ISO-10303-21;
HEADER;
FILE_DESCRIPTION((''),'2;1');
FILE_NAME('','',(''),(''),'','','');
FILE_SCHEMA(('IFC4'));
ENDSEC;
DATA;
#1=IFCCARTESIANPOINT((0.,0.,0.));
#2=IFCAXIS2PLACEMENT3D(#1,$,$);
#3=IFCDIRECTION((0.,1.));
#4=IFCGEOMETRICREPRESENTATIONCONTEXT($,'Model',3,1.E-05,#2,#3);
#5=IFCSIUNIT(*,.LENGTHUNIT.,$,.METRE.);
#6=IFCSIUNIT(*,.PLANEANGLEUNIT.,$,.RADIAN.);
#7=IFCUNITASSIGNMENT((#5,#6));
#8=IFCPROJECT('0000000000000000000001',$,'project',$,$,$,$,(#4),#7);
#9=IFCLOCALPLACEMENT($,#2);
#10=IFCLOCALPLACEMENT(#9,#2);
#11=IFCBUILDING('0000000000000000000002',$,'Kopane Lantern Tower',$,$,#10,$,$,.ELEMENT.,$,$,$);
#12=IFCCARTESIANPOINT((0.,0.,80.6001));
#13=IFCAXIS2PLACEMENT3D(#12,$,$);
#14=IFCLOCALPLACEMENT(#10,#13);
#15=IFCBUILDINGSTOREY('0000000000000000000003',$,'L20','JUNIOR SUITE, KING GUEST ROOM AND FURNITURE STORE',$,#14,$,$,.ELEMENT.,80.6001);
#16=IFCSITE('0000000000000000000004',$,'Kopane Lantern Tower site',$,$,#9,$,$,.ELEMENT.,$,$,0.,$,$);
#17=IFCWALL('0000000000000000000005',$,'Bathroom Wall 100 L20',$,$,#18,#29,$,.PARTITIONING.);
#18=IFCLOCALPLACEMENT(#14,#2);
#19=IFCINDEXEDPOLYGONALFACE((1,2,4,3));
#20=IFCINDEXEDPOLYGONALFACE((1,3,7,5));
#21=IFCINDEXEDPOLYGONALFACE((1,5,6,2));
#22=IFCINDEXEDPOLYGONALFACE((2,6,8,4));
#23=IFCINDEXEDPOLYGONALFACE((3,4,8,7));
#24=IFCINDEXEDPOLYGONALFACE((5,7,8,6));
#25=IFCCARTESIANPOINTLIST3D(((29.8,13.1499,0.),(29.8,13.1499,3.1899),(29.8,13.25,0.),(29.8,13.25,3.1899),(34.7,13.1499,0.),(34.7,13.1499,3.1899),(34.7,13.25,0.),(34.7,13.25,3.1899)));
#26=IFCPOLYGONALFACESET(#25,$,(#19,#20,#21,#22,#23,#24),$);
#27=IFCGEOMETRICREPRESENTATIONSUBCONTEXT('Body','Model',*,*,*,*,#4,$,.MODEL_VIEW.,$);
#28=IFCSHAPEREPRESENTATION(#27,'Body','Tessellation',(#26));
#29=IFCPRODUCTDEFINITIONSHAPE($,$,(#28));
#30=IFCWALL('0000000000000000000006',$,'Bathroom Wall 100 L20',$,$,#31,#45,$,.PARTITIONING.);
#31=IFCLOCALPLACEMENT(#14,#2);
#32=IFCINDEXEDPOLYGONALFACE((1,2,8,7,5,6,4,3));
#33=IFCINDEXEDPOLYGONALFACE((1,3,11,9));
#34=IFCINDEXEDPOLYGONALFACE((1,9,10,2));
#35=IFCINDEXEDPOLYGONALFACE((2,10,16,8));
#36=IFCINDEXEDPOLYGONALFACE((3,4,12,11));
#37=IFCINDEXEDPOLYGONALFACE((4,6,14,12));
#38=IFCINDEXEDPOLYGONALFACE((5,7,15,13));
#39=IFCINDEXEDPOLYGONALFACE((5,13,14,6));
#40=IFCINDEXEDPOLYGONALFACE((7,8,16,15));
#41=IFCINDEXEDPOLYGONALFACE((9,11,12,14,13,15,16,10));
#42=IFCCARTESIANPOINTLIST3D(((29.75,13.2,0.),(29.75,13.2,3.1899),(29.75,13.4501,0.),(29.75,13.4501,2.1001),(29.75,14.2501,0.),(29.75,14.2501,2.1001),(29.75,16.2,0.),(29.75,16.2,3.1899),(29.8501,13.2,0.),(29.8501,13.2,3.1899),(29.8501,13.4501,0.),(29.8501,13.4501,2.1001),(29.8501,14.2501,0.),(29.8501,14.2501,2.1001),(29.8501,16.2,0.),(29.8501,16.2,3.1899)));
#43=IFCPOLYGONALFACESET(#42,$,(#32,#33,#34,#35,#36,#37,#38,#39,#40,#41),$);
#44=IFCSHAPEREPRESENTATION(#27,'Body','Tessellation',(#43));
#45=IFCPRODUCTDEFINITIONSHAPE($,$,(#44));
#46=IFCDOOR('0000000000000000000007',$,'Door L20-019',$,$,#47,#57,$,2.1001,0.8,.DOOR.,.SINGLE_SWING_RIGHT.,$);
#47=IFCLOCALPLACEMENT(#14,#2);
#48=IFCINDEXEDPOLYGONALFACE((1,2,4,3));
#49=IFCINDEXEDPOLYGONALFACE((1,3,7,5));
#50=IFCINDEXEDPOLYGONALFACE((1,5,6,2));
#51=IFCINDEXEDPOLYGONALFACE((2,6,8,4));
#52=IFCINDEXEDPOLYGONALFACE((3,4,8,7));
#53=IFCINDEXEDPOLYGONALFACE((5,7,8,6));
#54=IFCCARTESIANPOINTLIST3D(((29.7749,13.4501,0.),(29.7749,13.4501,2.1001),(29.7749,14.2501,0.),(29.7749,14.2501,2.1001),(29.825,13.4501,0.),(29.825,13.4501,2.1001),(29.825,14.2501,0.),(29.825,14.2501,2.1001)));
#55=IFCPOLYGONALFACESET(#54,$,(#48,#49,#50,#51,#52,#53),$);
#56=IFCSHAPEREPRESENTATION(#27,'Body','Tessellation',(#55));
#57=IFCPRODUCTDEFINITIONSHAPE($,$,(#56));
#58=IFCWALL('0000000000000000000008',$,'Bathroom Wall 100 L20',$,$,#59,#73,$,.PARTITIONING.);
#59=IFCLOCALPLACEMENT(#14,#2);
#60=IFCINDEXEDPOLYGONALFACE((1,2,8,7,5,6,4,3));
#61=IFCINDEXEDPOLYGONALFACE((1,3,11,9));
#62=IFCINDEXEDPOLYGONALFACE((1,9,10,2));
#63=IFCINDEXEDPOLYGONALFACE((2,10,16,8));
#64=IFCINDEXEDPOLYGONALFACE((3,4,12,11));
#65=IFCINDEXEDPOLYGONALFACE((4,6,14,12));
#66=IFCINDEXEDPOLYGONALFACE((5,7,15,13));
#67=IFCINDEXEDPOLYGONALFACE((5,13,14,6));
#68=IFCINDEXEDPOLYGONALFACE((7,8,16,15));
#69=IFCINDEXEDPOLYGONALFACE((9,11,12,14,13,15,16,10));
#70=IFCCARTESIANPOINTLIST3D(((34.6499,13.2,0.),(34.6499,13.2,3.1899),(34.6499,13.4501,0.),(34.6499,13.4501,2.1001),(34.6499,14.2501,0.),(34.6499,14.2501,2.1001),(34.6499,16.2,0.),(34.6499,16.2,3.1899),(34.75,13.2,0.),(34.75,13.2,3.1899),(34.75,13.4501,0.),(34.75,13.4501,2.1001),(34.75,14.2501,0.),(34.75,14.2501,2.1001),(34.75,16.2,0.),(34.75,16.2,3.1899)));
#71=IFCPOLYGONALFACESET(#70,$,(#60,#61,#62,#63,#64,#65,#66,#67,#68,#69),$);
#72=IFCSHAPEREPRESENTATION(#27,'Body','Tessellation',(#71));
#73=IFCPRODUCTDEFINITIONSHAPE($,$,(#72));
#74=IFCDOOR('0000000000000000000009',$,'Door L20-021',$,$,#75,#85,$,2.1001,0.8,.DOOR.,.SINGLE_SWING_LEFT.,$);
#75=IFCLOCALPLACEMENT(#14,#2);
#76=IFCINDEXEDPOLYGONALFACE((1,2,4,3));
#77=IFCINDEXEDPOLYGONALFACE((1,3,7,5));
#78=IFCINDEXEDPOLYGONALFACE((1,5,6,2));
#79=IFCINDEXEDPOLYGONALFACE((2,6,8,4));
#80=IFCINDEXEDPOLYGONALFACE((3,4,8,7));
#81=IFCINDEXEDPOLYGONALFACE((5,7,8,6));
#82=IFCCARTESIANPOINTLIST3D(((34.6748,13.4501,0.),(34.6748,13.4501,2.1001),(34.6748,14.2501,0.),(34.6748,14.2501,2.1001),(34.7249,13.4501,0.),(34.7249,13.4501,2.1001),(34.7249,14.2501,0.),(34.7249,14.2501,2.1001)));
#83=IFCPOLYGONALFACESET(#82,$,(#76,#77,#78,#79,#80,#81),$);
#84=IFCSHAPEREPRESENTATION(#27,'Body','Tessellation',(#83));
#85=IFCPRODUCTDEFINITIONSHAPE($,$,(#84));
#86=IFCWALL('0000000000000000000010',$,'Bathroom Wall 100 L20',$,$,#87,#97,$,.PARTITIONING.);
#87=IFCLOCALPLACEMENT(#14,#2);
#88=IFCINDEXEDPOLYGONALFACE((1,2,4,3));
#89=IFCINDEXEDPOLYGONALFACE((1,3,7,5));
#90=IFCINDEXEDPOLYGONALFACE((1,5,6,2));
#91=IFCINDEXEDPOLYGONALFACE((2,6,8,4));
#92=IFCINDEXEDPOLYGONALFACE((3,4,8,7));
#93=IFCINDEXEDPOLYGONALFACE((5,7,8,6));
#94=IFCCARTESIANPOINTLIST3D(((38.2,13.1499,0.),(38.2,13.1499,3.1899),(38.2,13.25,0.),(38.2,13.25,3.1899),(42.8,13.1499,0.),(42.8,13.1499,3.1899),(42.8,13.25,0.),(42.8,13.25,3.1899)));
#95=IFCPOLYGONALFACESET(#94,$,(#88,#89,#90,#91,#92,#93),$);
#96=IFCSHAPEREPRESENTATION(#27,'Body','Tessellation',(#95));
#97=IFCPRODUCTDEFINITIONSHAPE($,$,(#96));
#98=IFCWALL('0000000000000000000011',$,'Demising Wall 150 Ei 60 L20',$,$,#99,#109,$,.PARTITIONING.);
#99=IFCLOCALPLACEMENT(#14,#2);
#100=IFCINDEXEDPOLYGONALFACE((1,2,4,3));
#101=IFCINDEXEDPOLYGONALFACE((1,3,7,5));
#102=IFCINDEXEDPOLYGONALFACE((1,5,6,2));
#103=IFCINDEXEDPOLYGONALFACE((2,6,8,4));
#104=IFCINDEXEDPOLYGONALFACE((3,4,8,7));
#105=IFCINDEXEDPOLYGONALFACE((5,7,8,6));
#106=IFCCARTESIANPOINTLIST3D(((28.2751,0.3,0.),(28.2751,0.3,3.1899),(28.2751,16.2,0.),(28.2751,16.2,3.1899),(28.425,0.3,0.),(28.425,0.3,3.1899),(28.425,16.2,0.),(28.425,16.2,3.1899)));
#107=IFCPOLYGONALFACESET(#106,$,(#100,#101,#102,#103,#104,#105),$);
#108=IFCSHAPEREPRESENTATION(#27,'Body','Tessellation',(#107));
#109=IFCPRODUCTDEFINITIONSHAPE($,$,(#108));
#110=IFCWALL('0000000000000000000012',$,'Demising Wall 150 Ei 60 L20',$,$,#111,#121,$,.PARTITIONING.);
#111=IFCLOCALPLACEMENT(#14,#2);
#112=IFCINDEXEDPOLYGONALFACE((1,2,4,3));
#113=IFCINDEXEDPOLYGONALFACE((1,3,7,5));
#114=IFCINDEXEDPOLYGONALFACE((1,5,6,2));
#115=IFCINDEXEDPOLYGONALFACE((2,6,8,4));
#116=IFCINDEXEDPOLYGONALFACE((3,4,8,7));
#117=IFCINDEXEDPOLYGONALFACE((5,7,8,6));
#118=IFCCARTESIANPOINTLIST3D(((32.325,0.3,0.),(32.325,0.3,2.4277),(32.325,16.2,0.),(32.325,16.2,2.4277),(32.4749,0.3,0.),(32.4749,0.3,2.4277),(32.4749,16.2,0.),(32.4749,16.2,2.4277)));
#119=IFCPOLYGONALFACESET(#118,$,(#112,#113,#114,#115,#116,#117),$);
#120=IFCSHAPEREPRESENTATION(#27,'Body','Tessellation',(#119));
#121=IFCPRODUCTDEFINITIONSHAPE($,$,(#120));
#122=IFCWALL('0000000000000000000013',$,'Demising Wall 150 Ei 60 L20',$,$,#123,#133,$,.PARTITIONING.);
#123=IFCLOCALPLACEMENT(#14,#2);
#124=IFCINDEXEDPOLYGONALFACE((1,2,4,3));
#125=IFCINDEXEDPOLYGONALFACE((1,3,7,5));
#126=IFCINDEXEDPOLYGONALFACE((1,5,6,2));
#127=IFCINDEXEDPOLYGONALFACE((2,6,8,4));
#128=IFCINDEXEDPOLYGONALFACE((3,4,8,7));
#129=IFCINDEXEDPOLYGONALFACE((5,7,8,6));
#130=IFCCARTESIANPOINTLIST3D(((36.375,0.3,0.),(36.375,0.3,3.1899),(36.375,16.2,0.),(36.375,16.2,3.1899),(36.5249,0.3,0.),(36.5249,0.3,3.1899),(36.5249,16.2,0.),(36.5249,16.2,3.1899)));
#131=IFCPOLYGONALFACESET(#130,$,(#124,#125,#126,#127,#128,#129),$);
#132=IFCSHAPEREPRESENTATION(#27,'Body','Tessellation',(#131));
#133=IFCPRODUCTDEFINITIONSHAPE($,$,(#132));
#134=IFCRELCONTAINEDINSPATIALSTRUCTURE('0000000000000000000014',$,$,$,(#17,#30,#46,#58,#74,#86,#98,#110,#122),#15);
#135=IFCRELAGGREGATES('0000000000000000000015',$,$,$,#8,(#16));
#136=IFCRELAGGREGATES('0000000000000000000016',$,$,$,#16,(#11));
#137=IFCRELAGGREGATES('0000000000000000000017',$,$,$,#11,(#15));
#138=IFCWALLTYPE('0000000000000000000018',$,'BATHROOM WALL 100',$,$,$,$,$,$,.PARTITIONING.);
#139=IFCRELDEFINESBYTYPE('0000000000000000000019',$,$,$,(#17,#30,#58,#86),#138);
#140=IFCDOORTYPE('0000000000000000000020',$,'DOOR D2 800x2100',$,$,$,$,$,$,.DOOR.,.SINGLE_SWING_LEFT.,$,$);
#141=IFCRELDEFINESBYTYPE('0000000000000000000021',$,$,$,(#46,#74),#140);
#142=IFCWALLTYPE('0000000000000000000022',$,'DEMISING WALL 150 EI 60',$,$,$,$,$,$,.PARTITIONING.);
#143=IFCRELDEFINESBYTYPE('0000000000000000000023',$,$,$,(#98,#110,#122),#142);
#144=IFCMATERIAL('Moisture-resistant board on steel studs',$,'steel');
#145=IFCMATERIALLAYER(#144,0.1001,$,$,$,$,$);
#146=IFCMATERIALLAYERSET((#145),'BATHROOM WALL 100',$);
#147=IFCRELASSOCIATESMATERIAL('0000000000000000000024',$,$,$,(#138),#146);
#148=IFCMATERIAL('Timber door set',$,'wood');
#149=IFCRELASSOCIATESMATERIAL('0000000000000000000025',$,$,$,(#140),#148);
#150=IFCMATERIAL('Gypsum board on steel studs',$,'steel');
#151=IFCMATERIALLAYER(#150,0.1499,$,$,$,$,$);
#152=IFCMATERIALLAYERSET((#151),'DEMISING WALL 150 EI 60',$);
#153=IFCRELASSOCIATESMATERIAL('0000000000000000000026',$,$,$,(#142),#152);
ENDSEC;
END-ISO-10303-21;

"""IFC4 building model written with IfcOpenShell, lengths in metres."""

from ifc_helpers import new_model, si_unit, direction, frame, frame_2d, origin, place, context, subcontext, project, spatial, rectangle, extrude, material, layer, layer_set, type_object, element, fill, save


model = new_model("IFC4")

# Units and contexts
model_context = context("Model", 3, precision=1e-05, world=origin(), true_north=direction((0.0, 1.0)))
body_context = subcontext(model_context, "Body", "Model", "MODEL_VIEW")
ifc_project = project(units=[si_unit("LENGTHUNIT", "METRE"), si_unit("PLANEANGLEUNIT", "RADIAN")], contexts=[model_context])

# Site, building, storey
site_placement = place(None, origin())
site = spatial("IfcSite", under=ifc_project, at=site_placement, Name="Kopane Lantern Tower site", CompositionType="ELEMENT", RefElevation=0.0)
building_placement = place(site_placement, origin())
building = spatial("IfcBuilding", under=site, at=building_placement, Name="Kopane Lantern Tower", CompositionType="ELEMENT")
storey_placement = place(building_placement, frame((0.0, 0.0, 80.6001)))
storey = spatial("IfcBuildingStorey", under=building, at=storey_placement, Name="L20", Description="JUNIOR SUITE, KING GUEST ROOM AND FURNITURE STORE", CompositionType="ELEMENT", Elevation=80.6001)

# Wall
ifc_material_1 = material(Name="Moisture-resistant board on steel studs", Category="steel")
ifc_layer_1 = layer(ifc_material_1, 0.1001)
ifc_layer_set_1 = layer_set([ifc_layer_1], Name="BATHROOM WALL 100")
wall_type_1 = type_object("IfcWallType", Name="BATHROOM WALL 100", PredefinedType="PARTITIONING", material=ifc_layer_set_1)
wall_1_placement = place(storey_placement, frame((29.8, 13.2, 0.0), z_axis=(0.0, 0.0, 1.0), x_axis=(1.0, 0.0, 0.0)))
element("IfcWall", 1, at=wall_1_placement, inside=storey, type_object=wall_type_1, Name="Bathroom Wall 100 L20", PredefinedType="PARTITIONING", context=body_context, shape_type="SweptSolid", body=[
    extrude(rectangle(XDim=4.8999, YDim=0.1001, at=frame_2d((2.45, 0.0))), origin(), (0.0, 0.0, 1.0), 3.1899),
])

# Walls, openings, doors
wall_2_placement = place(storey_placement, frame((29.8, 16.2, 0.0), z_axis=(0.0, 0.0, 1.0), x_axis=(0.0, -1.0, 0.0)))
wall_2 = element("IfcWall", 2, at=wall_2_placement, inside=storey, type_object=wall_type_1, Name="Bathroom Wall 100 L20", PredefinedType="PARTITIONING", context=body_context, shape_type="SweptSolid", body=[
    extrude(rectangle(XDim=3.0, YDim=0.1001, at=frame_2d((1.5, 0.0))), origin(), (0.0, 0.0, 1.0), 3.1899),
])
opening_1_placement = place(wall_2_placement, frame((1.95, 0.0, 0.0)))
opening_1 = element("IfcOpeningElement", 3, at=opening_1_placement, cuts=wall_2, PredefinedType="OPENING", context=body_context, shape_type="SweptSolid", body=[
    extrude(rectangle(XDim=0.8, YDim=2.1001, at=frame_2d((0.3999, 1.05))), frame((0.0, 0.0601, 0.0), z_axis=(0.0, -1.0, 0.0), x_axis=(1.0, 0.0, 0.0)), (0.0, 0.0, 1.0), 0.1201),
])
ifc_material_2 = material(Name="Timber door set", Category="wood")
door_type = type_object("IfcDoorType", Name="DOOR D2 800x2100", OperationType="SINGLE_SWING_LEFT", PredefinedType="DOOR", material=ifc_material_2)
door_1_placement = place(opening_1_placement, origin())
door_1 = element("IfcDoor", 4, at=door_1_placement, inside=storey, type_object=door_type, Name="Door L20-019", OperationType="SINGLE_SWING_RIGHT", OverallHeight=2.1001, OverallWidth=0.8, PredefinedType="DOOR", context=body_context, shape_type="SweptSolid", body=[
    extrude(rectangle(XDim=0.8, YDim=2.1001, at=frame_2d((0.3999, 1.05))), frame((0.0, 0.0249, 0.0), z_axis=(0.0, -1.0, 0.0), x_axis=(1.0, 0.0, 0.0)), (0.0, 0.0, 1.0), 0.05),
])
fill(opening_1, door_1)
wall_3_placement = place(storey_placement, frame((34.7, 16.2, 0.0), z_axis=(0.0, 0.0, 1.0), x_axis=(0.0, -1.0, 0.0)))
wall_3 = element("IfcWall", 5, at=wall_3_placement, inside=storey, type_object=wall_type_1, Name="Bathroom Wall 100 L20", PredefinedType="PARTITIONING", context=body_context, shape_type="SweptSolid", body=[
    extrude(rectangle(XDim=3.0, YDim=0.1001, at=frame_2d((1.5, 0.0))), origin(), (0.0, 0.0, 1.0), 3.1899),
])
opening_2_placement = place(wall_3_placement, frame((1.95, 0.0, 0.0)))
opening_2 = element("IfcOpeningElement", 6, at=opening_2_placement, cuts=wall_3, PredefinedType="OPENING", context=body_context, shape_type="SweptSolid", body=[
    extrude(rectangle(XDim=0.8, YDim=2.1001, at=frame_2d((0.3999, 1.05))), frame((0.0, 0.0601, 0.0), z_axis=(0.0, -1.0, 0.0), x_axis=(1.0, 0.0, 0.0)), (0.0, 0.0, 1.0), 0.1201),
])
door_2_placement = place(opening_2_placement, origin())
door_2 = element("IfcDoor", 7, at=door_2_placement, inside=storey, type_object=door_type, Name="Door L20-021", OperationType="SINGLE_SWING_LEFT", OverallHeight=2.1001, OverallWidth=0.8, PredefinedType="DOOR", context=body_context, shape_type="SweptSolid", body=[
    extrude(rectangle(XDim=0.8, YDim=2.1001, at=frame_2d((0.3999, 1.05))), frame((0.0, 0.0249, 0.0), z_axis=(0.0, -1.0, 0.0), x_axis=(1.0, 0.0, 0.0)), (0.0, 0.0, 1.0), 0.05),
])
fill(opening_2, door_2)

# Walls
wall_4_placement = place(storey_placement, frame((38.2, 13.2, 0.0), z_axis=(0.0, 0.0, 1.0), x_axis=(1.0, 0.0, 0.0)))
element("IfcWall", 8, at=wall_4_placement, inside=storey, type_object=wall_type_1, Name="Bathroom Wall 100 L20", PredefinedType="PARTITIONING", context=body_context, shape_type="SweptSolid", body=[
    extrude(rectangle(XDim=4.6001, YDim=0.1001, at=frame_2d((2.3, 0.0))), origin(), (0.0, 0.0, 1.0), 3.1899),
])
ifc_material_3 = material(Name="Gypsum board on steel studs", Category="steel")
ifc_layer_2 = layer(ifc_material_3, 0.1499)
ifc_layer_set_2 = layer_set([ifc_layer_2], Name="DEMISING WALL 150 EI 60")
wall_type_2 = type_object("IfcWallType", Name="DEMISING WALL 150 EI 60", PredefinedType="PARTITIONING", material=ifc_layer_set_2)
wall_5_placement = place(storey_placement, frame((28.3501, 16.2, 0.0), z_axis=(0.0, 0.0, 1.0), x_axis=(0.0, -1.0, 0.0)))
element("IfcWall", 9, at=wall_5_placement, inside=storey, type_object=wall_type_2, Name="Demising Wall 150 Ei 60 L20", PredefinedType="PARTITIONING", context=body_context, shape_type="SweptSolid", body=[
    extrude(rectangle(XDim=15.8999, YDim=0.1499, at=frame_2d((7.95, 0.0))), origin(), (0.0, 0.0, 1.0), 3.1899),
])
wall_6_placement = place(storey_placement, frame((32.3999, 16.2, 0.0), z_axis=(0.0, 0.0, 1.0), x_axis=(0.0, -1.0, 0.0)))
element("IfcWall", 10, at=wall_6_placement, inside=storey, type_object=wall_type_2, Name="Demising Wall 150 Ei 60 L20", PredefinedType="PARTITIONING", context=body_context, shape_type="SweptSolid", body=[
    extrude(rectangle(XDim=15.8999, YDim=0.1499, at=frame_2d((7.95, 0.0))), origin(), (0.0, 0.0, 1.0), 2.4277),
])
wall_7_placement = place(storey_placement, frame((36.45, 16.2, 0.0), z_axis=(0.0, 0.0, 1.0), x_axis=(0.0, -1.0, 0.0)))
element("IfcWall", 11, at=wall_7_placement, inside=storey, type_object=wall_type_2, Name="Demising Wall 150 Ei 60 L20", PredefinedType="PARTITIONING", context=body_context, shape_type="SweptSolid", body=[
    extrude(rectangle(XDim=15.8999, YDim=0.1499, at=frame_2d((7.95, 0.0))), origin(), (0.0, 0.0, 1.0), 3.1899),
])

save(model, "model.ifc")
